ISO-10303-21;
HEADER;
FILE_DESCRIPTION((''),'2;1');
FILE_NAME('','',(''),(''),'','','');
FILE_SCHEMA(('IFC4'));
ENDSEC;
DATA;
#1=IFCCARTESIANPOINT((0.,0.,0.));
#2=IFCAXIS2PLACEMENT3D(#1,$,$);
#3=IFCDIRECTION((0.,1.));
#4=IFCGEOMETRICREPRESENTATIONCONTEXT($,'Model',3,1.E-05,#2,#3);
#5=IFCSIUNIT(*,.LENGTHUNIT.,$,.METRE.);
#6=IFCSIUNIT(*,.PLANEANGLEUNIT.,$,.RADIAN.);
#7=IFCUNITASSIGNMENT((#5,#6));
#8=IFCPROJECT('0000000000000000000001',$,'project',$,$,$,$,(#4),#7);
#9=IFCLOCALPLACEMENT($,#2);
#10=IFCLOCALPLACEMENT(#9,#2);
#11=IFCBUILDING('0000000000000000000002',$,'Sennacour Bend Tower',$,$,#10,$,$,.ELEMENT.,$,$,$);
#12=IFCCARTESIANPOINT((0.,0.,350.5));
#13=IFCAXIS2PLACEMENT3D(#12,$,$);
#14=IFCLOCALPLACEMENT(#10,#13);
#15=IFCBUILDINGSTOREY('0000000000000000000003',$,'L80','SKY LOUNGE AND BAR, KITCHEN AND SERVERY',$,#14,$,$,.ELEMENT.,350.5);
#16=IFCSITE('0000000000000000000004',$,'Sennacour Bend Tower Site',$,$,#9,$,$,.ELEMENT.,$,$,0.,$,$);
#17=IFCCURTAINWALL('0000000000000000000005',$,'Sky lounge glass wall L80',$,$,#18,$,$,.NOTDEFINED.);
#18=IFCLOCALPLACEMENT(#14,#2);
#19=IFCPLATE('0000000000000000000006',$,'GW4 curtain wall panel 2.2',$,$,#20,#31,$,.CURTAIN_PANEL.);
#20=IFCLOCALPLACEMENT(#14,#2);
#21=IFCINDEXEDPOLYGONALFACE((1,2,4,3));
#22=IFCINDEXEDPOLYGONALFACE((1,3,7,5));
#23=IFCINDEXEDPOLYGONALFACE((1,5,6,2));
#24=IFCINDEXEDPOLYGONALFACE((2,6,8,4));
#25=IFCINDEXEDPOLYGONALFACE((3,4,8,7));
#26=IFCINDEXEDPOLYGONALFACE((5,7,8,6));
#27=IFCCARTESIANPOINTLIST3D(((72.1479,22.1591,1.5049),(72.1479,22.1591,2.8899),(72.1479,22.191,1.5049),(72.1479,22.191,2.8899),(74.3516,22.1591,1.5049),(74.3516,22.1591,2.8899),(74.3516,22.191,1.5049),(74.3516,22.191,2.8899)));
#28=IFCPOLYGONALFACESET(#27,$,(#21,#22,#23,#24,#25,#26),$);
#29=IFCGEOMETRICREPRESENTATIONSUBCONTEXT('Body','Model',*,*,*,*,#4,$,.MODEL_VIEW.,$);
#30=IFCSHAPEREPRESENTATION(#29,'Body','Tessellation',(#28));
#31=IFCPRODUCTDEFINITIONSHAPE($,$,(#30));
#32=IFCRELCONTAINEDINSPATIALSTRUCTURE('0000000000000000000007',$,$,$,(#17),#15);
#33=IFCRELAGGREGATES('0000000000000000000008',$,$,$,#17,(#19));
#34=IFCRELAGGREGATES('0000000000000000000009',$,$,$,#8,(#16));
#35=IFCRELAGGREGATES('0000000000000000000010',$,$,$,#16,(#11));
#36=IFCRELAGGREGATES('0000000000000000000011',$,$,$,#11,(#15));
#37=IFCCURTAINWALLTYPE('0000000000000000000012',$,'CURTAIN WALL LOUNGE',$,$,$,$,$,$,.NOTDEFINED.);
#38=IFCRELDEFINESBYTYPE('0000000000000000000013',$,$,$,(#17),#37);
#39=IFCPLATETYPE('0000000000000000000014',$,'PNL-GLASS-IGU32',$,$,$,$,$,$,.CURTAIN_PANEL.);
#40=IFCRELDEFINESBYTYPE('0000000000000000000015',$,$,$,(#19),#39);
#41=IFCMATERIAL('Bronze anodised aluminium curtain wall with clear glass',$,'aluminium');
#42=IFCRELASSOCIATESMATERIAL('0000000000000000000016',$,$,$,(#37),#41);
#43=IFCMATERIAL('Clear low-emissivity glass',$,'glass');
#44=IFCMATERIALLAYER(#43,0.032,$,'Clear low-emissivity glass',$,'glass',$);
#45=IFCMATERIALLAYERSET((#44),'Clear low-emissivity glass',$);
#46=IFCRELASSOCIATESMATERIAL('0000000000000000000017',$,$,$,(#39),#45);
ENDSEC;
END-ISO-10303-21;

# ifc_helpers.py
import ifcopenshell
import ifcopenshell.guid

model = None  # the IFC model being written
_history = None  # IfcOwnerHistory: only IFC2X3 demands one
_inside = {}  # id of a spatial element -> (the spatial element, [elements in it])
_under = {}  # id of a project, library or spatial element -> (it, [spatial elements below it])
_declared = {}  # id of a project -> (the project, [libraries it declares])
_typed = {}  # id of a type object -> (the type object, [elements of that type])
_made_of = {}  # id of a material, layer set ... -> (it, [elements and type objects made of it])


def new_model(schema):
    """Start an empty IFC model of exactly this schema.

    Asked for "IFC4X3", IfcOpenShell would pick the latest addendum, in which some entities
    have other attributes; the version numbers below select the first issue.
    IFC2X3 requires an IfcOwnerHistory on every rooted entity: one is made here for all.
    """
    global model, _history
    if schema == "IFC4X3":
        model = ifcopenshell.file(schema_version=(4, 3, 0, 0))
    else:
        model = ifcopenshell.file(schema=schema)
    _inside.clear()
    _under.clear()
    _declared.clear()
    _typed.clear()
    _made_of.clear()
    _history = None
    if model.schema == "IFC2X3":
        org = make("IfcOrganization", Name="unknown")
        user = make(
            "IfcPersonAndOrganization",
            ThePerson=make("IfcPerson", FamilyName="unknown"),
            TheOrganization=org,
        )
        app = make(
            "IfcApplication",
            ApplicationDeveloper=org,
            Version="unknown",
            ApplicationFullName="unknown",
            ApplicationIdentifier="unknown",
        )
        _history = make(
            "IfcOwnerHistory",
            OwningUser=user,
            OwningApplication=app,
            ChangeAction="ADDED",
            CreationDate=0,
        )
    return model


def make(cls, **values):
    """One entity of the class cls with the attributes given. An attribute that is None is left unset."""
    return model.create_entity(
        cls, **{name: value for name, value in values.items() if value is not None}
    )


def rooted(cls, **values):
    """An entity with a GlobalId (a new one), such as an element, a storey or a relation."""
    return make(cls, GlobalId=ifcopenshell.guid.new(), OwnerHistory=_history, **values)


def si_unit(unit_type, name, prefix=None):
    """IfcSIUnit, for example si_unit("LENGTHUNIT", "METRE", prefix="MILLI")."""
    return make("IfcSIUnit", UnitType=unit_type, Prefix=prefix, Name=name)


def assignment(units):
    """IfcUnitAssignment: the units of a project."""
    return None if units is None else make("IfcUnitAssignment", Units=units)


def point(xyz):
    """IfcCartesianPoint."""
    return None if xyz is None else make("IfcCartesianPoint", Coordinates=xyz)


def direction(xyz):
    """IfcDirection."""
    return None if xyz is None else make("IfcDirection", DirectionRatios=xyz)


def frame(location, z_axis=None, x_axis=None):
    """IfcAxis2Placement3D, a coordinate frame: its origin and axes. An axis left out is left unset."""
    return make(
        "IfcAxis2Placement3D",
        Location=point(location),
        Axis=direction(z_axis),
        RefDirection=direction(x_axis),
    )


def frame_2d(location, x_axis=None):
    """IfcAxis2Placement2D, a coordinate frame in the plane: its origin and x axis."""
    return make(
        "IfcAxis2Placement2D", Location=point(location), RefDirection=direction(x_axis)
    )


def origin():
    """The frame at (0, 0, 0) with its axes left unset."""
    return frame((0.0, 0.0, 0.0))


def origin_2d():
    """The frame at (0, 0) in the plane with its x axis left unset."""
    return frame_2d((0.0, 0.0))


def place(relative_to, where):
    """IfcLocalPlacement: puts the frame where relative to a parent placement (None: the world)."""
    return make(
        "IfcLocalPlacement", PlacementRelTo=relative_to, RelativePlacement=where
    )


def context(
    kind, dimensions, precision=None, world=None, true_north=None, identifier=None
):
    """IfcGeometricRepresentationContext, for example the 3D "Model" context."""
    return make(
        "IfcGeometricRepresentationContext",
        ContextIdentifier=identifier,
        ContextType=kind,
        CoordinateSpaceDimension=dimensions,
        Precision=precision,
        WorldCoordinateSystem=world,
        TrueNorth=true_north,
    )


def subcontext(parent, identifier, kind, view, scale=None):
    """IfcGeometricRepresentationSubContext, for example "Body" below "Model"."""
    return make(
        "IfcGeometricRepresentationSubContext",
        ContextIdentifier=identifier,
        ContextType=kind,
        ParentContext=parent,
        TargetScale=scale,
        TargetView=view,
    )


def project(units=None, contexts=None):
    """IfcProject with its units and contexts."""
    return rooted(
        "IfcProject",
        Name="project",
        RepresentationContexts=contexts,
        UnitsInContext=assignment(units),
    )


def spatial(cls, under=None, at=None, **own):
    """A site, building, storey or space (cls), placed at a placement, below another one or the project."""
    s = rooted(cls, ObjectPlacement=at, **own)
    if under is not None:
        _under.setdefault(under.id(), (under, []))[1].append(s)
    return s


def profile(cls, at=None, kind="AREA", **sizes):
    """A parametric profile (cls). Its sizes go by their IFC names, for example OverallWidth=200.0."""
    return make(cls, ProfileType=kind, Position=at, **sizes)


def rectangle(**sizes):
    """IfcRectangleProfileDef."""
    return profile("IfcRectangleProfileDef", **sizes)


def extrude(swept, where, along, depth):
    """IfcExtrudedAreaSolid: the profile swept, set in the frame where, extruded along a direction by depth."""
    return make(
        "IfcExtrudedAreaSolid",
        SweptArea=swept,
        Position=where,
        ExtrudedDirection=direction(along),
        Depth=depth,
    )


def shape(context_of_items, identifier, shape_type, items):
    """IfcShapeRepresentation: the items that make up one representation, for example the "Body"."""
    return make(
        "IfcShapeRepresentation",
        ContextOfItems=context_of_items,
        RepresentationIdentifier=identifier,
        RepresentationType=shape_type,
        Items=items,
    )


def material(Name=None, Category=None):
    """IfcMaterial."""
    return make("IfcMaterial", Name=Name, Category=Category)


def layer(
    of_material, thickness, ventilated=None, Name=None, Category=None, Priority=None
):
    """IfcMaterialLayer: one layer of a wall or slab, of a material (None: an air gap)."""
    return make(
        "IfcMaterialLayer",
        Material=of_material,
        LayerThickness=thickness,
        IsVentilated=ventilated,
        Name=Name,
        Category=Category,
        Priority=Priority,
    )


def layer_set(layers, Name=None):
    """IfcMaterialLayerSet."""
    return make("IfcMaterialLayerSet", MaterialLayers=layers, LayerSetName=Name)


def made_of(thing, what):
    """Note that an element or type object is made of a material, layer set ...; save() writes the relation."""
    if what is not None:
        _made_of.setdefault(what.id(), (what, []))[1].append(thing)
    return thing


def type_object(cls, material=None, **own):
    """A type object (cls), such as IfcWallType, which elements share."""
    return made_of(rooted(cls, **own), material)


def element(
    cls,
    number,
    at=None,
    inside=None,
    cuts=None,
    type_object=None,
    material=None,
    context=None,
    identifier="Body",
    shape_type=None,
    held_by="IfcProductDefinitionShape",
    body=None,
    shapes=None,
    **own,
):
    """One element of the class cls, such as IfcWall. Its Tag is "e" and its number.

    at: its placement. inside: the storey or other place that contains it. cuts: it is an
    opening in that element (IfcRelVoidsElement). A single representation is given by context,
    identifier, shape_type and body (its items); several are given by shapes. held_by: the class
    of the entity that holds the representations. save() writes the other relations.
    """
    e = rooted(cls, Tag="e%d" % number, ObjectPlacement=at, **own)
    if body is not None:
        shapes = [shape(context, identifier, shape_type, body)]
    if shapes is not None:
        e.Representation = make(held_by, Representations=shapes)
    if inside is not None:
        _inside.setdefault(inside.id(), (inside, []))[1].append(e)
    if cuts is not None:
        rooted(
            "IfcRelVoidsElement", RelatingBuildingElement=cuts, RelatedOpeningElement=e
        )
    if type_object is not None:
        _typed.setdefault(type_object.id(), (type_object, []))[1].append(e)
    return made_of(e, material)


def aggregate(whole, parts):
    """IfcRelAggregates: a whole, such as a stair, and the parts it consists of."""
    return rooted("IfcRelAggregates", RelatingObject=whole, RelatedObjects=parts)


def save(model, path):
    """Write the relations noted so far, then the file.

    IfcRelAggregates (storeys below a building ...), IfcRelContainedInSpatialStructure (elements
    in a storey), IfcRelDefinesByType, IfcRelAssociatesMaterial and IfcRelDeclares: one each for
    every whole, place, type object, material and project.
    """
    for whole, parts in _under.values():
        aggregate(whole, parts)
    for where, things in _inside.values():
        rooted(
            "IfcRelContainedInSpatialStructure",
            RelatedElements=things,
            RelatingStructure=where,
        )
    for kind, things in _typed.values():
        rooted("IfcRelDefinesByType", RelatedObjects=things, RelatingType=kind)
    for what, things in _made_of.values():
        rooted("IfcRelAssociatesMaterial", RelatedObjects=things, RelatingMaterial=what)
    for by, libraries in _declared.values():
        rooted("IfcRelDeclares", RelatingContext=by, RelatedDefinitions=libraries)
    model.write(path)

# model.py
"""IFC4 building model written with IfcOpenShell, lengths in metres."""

from ifc_helpers import new_model, si_unit, direction, frame, origin, origin_2d, place, context, subcontext, project, spatial, rectangle, extrude, material, layer, layer_set, type_object, element, aggregate, save


model = new_model("IFC4")

# Units and contexts
model_context = context("Model", 3, precision=1e-05, world=origin(), true_north=direction((0.0, 1.0)))
body_context = subcontext(model_context, "Body", "Model", "MODEL_VIEW")
ifc_project = project(units=[si_unit("LENGTHUNIT", "METRE"), si_unit("PLANEANGLEUNIT", "RADIAN")], contexts=[model_context])

# Site, building, storey
site_placement = place(None, origin())
site = spatial("IfcSite", under=ifc_project, at=site_placement, Name="Sennacour Bend Tower Site", CompositionType="ELEMENT", RefElevation=0.0)
building_placement = place(site_placement, origin())
building = spatial("IfcBuilding", under=site, at=building_placement, Name="Sennacour Bend Tower", CompositionType="ELEMENT")
storey_placement = place(building_placement, frame((0.0, 0.0, 350.5)))
storey = spatial("IfcBuildingStorey", under=building, at=storey_placement, Name="L80", Description="SKY LOUNGE AND BAR, KITCHEN AND SERVERY", CompositionType="ELEMENT", Elevation=350.5)

# Curtain wall
ifc_material_1 = material(Name="Bronze anodised aluminium curtain wall with clear glass", Category="aluminium")
curtain_wall_type = type_object("IfcCurtainWallType", Name="CURTAIN WALL LOUNGE", PredefinedType="NOTDEFINED", material=ifc_material_1)
curtain_wall_1_placement = place(storey_placement, origin())
curtain_wall_1 = element("IfcCurtainWall", 1, at=curtain_wall_1_placement, inside=storey, type_object=curtain_wall_type, Name="Sky lounge glass wall L80", PredefinedType="NOTDEFINED")

# Plate
ifc_material_2 = material(Name="Clear low-emissivity glass", Category="glass")
ifc_layer = layer(ifc_material_2, 0.032, Name="Clear low-emissivity glass", Category="glass")
ifc_layer_set = layer_set([ifc_layer], Name="Clear low-emissivity glass")
plate_type = type_object("IfcPlateType", Name="PNL-GLASS-IGU32", PredefinedType="CURTAIN_PANEL", material=ifc_layer_set)
plate_1_placement = place(storey_placement, frame((73.2498, 22.175, 1.5049), z_axis=(0.0, 0.0, 1.0), x_axis=(-1.0, 0.0, 0.0)))
plate_1 = element("IfcPlate", 2, at=plate_1_placement, type_object=plate_type, Name="GW4 curtain wall panel 2.2", PredefinedType="CURTAIN_PANEL", context=body_context, shape_type="SweptSolid", body=[
    extrude(rectangle(XDim=2.2036, YDim=0.032, at=origin_2d()), origin(), (0.0, 0.0, 1.0), 1.385),
])
aggregate(curtain_wall_1, [plate_1])

save(model, "model.ifc")
